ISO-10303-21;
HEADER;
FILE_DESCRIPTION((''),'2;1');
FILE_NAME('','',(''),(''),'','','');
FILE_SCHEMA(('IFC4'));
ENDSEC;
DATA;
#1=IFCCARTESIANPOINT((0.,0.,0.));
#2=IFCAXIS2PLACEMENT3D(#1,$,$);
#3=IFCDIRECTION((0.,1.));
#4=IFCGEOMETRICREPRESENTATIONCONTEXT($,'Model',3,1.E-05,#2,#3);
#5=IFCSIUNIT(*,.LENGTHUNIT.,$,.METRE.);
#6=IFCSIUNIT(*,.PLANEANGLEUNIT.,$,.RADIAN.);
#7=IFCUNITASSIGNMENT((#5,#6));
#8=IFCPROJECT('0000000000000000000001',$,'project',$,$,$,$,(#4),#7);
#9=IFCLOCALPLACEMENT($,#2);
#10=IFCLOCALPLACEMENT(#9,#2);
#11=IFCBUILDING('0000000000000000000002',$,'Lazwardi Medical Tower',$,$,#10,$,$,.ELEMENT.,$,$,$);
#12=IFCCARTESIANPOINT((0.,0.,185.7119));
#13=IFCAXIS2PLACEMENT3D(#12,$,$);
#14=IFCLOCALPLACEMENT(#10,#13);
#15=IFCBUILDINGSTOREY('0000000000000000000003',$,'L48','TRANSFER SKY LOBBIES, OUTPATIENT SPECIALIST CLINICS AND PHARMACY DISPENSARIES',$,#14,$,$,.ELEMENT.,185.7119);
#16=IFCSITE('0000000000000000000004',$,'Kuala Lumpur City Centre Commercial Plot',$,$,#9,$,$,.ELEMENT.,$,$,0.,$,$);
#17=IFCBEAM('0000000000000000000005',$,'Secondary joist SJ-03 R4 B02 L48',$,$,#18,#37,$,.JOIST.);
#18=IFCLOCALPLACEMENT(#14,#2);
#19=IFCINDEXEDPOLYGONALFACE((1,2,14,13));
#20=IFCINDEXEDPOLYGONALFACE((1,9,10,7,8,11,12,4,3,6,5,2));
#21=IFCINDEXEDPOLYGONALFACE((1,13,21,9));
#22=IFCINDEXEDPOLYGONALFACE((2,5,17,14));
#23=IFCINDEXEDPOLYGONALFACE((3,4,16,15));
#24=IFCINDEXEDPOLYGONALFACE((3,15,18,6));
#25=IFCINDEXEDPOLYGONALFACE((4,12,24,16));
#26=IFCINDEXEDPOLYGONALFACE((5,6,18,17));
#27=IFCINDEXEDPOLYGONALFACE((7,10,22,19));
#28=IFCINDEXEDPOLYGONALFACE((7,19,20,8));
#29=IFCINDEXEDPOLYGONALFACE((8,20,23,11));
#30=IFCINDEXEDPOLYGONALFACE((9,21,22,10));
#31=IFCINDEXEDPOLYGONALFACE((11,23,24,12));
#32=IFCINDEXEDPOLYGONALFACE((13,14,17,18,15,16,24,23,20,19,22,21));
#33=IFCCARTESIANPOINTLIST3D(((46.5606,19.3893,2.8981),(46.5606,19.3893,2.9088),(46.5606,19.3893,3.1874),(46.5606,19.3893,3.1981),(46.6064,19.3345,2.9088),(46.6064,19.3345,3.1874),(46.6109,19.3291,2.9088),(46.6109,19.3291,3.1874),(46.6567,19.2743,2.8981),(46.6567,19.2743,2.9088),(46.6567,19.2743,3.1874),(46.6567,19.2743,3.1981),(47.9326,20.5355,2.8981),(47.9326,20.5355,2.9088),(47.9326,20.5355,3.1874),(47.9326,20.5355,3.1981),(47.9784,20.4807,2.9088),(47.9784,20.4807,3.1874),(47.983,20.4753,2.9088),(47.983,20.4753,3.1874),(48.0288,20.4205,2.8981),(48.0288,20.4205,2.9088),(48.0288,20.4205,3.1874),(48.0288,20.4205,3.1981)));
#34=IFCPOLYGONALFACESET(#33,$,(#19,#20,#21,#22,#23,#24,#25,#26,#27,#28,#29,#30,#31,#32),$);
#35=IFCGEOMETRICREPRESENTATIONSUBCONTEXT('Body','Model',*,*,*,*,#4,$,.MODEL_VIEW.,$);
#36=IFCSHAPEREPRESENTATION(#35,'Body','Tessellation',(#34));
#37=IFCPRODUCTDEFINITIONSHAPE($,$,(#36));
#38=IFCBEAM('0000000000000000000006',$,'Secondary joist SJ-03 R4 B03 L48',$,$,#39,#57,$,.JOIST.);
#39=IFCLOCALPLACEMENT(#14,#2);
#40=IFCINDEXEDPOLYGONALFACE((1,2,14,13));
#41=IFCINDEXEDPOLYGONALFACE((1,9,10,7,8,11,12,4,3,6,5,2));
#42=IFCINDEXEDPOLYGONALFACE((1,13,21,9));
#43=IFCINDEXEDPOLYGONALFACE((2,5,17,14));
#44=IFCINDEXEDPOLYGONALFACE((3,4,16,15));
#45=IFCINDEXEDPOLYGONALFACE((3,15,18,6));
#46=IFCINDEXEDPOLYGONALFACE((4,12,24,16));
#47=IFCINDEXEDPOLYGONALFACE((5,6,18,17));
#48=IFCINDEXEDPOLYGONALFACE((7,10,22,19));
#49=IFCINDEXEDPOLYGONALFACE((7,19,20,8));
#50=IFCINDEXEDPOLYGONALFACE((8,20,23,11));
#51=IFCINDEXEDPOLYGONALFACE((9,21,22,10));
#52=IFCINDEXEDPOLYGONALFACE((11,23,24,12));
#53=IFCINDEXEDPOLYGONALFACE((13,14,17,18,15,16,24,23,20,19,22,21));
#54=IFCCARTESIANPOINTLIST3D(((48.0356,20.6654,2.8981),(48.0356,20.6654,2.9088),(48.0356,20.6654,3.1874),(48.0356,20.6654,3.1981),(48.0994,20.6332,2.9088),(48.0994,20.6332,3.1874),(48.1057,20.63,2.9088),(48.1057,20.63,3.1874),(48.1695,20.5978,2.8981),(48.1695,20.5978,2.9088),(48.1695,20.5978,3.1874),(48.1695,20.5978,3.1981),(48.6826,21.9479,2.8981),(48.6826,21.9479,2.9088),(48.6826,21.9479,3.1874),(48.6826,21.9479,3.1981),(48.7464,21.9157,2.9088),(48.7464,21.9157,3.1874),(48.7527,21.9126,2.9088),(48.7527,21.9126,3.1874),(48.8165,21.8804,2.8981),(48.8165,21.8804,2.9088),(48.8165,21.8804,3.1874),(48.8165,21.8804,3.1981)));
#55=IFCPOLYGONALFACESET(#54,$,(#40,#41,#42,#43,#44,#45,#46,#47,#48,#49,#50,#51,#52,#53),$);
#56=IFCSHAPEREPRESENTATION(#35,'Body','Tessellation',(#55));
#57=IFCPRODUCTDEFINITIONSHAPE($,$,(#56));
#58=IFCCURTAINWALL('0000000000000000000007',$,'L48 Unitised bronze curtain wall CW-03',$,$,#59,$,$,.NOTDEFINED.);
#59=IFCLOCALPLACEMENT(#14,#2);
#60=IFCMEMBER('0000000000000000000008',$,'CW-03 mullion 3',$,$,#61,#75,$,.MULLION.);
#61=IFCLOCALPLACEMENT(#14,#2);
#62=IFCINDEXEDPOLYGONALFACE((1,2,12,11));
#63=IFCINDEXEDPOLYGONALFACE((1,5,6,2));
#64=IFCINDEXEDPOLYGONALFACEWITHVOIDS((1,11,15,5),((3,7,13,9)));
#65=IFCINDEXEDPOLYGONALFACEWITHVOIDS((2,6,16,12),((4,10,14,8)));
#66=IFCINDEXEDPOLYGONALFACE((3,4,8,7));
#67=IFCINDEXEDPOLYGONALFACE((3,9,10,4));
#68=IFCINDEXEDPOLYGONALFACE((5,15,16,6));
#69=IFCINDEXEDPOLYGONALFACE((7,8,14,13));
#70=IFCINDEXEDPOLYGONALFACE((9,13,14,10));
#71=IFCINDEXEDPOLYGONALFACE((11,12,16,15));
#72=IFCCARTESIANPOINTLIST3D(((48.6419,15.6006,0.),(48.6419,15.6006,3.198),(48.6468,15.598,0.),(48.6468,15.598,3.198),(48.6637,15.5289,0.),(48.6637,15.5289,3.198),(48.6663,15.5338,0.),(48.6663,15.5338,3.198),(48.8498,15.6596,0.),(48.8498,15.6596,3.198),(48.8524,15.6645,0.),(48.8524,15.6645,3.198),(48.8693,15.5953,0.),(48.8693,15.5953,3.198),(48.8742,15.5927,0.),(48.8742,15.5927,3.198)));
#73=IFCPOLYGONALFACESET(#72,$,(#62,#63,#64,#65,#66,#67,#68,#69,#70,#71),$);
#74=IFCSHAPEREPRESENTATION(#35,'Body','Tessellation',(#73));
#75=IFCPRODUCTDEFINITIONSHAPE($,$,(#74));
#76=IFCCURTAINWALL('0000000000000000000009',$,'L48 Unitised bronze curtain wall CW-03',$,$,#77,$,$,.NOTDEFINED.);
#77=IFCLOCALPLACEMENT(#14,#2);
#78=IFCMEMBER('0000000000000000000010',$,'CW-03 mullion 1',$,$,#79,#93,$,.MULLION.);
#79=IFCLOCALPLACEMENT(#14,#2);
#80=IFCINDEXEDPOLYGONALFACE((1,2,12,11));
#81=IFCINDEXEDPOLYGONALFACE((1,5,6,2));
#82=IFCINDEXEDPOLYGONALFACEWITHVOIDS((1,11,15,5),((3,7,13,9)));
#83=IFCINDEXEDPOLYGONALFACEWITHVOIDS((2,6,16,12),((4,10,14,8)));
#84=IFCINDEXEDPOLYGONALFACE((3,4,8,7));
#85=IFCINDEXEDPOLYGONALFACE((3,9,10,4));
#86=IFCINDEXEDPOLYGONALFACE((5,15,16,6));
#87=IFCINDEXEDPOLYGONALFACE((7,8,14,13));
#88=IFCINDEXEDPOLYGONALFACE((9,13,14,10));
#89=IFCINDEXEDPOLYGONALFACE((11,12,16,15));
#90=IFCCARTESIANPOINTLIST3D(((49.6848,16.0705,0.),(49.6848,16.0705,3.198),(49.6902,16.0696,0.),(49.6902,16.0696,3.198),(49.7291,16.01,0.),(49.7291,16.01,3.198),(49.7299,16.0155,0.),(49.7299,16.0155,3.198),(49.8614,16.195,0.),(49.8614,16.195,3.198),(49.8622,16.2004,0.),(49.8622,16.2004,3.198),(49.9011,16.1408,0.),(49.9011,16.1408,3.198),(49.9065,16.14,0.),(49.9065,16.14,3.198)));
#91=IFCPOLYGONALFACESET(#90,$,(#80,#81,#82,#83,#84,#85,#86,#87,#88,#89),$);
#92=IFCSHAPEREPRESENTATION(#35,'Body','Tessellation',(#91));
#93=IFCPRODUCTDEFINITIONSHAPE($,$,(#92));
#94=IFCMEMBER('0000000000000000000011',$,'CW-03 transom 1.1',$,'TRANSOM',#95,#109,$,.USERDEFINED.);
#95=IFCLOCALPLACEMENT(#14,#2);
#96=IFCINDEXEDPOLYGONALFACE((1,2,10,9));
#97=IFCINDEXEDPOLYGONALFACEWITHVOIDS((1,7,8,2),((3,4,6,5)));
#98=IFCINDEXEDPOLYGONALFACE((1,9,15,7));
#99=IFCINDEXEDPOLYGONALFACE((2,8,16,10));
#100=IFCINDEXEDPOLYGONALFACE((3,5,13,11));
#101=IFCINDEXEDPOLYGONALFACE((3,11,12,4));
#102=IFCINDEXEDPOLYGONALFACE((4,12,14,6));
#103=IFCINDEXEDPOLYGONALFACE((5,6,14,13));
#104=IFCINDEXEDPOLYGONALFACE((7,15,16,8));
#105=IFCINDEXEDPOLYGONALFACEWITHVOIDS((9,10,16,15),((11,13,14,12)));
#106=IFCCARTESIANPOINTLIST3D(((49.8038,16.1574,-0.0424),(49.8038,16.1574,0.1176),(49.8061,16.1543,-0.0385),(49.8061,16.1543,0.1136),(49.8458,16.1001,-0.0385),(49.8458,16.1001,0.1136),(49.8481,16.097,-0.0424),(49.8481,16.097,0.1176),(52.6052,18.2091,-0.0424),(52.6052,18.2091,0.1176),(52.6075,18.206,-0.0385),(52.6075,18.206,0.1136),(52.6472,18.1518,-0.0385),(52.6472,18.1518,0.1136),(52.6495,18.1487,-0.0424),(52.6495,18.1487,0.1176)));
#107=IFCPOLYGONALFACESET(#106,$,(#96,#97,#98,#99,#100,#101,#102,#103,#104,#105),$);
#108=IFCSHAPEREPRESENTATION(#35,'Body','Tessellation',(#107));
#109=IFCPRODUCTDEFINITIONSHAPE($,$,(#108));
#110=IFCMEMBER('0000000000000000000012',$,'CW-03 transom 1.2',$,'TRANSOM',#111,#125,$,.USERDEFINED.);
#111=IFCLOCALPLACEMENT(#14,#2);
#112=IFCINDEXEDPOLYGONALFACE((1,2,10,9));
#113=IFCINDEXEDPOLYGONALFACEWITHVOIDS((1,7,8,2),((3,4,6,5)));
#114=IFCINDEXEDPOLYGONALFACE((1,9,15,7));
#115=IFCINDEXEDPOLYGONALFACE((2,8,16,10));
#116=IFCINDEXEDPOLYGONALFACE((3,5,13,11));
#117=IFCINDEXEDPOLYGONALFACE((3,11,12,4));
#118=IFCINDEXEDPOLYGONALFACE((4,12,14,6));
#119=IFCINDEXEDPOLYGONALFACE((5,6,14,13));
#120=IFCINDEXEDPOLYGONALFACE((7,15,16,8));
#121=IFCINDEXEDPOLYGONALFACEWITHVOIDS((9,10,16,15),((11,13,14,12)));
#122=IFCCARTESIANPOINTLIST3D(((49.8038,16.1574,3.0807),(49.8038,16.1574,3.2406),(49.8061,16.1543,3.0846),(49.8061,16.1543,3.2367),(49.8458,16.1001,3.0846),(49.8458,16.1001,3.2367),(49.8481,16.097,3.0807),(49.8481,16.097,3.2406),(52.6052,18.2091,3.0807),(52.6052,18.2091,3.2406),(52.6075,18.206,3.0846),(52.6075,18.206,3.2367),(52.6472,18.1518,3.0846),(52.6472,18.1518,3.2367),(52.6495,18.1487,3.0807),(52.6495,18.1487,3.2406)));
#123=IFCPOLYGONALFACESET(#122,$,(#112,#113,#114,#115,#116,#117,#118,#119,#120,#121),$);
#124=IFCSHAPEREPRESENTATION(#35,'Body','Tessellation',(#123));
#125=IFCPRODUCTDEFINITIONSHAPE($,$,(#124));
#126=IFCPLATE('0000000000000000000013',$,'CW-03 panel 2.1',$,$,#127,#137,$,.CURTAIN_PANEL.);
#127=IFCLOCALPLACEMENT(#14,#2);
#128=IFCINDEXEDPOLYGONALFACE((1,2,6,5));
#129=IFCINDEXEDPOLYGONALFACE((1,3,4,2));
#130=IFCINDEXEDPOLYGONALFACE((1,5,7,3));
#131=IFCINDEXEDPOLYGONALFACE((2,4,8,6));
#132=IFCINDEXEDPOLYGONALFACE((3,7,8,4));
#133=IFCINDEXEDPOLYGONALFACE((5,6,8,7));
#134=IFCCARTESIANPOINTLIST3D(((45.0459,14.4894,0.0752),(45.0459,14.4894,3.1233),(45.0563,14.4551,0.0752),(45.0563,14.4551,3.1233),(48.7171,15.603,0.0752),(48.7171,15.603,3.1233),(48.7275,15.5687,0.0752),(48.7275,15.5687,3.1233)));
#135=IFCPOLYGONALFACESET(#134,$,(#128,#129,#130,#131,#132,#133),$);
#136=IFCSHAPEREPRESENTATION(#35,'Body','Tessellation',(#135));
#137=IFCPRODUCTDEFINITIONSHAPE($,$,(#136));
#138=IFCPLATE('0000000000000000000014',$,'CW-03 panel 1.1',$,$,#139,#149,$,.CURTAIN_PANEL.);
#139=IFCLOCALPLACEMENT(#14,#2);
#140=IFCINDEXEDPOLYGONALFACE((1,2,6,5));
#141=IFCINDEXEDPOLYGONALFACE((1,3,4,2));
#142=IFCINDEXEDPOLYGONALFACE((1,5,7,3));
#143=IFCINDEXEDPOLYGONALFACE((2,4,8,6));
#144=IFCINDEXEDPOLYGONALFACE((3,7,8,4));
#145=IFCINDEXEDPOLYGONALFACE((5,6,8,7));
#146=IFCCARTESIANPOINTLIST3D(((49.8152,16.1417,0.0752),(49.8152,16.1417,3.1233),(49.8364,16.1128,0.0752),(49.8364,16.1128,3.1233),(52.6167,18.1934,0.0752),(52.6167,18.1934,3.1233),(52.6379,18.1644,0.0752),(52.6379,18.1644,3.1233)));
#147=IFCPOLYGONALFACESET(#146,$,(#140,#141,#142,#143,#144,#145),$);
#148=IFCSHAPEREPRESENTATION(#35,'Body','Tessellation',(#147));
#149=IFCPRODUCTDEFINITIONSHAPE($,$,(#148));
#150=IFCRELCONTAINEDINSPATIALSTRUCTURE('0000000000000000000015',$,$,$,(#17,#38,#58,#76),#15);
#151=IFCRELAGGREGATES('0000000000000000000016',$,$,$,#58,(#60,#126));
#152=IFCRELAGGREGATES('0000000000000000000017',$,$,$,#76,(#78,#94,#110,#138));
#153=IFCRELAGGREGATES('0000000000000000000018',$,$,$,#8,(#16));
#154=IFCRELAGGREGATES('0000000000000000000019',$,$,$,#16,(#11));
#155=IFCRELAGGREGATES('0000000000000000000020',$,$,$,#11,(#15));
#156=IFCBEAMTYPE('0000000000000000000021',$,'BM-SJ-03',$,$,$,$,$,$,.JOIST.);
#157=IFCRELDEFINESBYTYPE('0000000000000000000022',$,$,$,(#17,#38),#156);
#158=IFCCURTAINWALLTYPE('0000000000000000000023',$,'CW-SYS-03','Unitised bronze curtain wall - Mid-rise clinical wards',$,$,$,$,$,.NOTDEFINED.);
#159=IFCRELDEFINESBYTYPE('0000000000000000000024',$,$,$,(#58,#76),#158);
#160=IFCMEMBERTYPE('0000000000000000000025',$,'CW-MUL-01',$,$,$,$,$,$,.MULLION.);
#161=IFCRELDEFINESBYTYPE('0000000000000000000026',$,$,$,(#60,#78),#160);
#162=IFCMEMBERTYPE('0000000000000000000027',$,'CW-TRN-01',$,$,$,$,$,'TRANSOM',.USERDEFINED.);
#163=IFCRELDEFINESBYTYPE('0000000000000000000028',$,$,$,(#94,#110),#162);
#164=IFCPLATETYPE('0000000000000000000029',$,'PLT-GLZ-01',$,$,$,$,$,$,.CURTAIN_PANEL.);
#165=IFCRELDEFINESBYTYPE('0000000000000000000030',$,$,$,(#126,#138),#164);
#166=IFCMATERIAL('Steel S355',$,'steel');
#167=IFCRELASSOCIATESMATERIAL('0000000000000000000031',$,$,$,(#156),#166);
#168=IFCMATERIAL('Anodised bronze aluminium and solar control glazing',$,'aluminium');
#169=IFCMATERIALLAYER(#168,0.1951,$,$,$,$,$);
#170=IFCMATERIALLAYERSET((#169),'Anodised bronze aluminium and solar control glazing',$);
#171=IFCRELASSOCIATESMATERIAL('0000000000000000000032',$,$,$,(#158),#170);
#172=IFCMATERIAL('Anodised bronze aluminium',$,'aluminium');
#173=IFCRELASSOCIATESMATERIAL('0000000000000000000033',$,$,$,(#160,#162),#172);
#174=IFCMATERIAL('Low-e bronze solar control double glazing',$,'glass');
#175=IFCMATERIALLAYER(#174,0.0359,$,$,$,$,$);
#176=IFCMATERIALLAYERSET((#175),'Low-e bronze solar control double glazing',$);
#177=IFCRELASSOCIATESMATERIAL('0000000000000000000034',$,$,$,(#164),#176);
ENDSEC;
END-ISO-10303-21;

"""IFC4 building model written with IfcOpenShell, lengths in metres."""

from ifc_helpers import new_model, si_unit, direction, frame, origin, origin_2d, place, context, subcontext, project, spatial, rectangle, hollow_rectangle, i_section, extrude, material, layer, layer_set, material_profile, profile_set, type_object, element, aggregate, save


model = new_model("IFC4")

# Units and contexts
model_context = context("Model", 3, precision=1e-05, world=origin(), true_north=direction((0.0, 1.0)))
body_context = subcontext(model_context, "Body", "Model", "MODEL_VIEW")
ifc_project = project(units=[si_unit("LENGTHUNIT", "METRE"), si_unit("PLANEANGLEUNIT", "RADIAN")], contexts=[model_context])

# Site, building, storey
site_placement = place(None, origin())
site = spatial("IfcSite", under=ifc_project, at=site_placement, Name="Kuala Lumpur City Centre Commercial Plot", CompositionType="ELEMENT", RefElevation=0.0)
building_placement = place(site_placement, origin())
building = spatial("IfcBuilding", under=site, at=building_placement, Name="Lazwardi Medical Tower", CompositionType="ELEMENT")
storey_placement = place(building_placement, frame((0.0, 0.0, 185.7119)))
storey = spatial("IfcBuildingStorey", under=building, at=storey_placement, Name="L48", Description="TRANSFER SKY LOBBIES, OUTPATIENT SPECIALIST CLINICS AND PHARMACY DISPENSARIES", CompositionType="ELEMENT", Elevation=185.7119)

# Beams
ifc_material_1 = material(Name="Steel S355", Category="steel")
ifc_material_profile_1 = material_profile(ifc_material_1, i_section(OverallWidth=0.1499, OverallDepth=0.3, WebThickness=0.0071, FlangeThickness=0.0107, at=origin_2d()), Name="IPE 300")
ifc_profile_set_1 = profile_set([ifc_material_profile_1], Name="Steel S355")
beam_type_1 = type_object("IfcBeamType", Name="BM-SJ-03", PredefinedType="JOIST", material=ifc_profile_set_1)
beam_1_placement = place(storey_placement, frame((46.6086, 19.3318, 3.0481), z_axis=(0.767437, 0.641124, 0.0), x_axis=(-0.641124, 0.767437, 0.0)))
element("IfcBeam", 1, at=beam_1_placement, inside=storey, type_object=beam_type_1, Name="Secondary joist SJ-03 R4 B02 L48", PredefinedType="JOIST", context=body_context, shape_type="SweptSolid", body=[
    extrude(i_section(OverallWidth=0.1499, OverallDepth=0.3, WebThickness=0.0071, FlangeThickness=0.0107, at=origin_2d()), origin(), (0.0, 0.0, 1.0), 1.7878),
])
beam_2_placement = place(storey_placement, frame((48.1025, 20.6316, 3.0481), z_axis=(0.450406, 0.892824, 0.0), x_axis=(-0.892824, 0.450406, 0.0)))
element("IfcBeam", 2, at=beam_2_placement, inside=storey, type_object=beam_type_1, Name="Secondary joist SJ-03 R4 B03 L48", PredefinedType="JOIST", context=body_context, shape_type="SweptSolid", body=[
    extrude(i_section(OverallWidth=0.1499, OverallDepth=0.3, WebThickness=0.0071, FlangeThickness=0.0107, at=origin_2d()), origin(), (0.0, 0.0, 1.0), 1.4365),
])

# Curtain wall, member
ifc_material_2 = material(Name="Anodised bronze aluminium and solar control glazing", Category="aluminium")
ifc_layer_1 = layer(ifc_material_2, 0.1951)
ifc_layer_set_1 = layer_set([ifc_layer_1], Name="Anodised bronze aluminium and solar control glazing")
curtain_wall_type = type_object("IfcCurtainWallType", Name="CW-SYS-03", Description="Unitised bronze curtain wall - Mid-rise clinical wards", PredefinedType="NOTDEFINED", material=ifc_layer_set_1)
curtain_wall_1_placement = place(storey_placement, origin())
curtain_wall_1 = element("IfcCurtainWall", 3, at=curtain_wall_1_placement, inside=storey, type_object=curtain_wall_type, Name="L48 Unitised bronze curtain wall CW-03", PredefinedType="NOTDEFINED")
ifc_material_3 = material(Name="Anodised bronze aluminium", Category="aluminium")
ifc_material_profile_2 = material_profile(ifc_material_3, hollow_rectangle(XDim=0.075, YDim=0.22, WallThickness=0.0039, at=origin_2d()), Name="ALU-MULLION 220x75x4")
ifc_profile_set_2 = profile_set([ifc_material_profile_2], Name="Anodised bronze aluminium")
member_type_1 = type_object("IfcMemberType", Name="CW-MUL-01", PredefinedType="MULLION", material=ifc_profile_set_2)
member_1_placement = place(storey_placement, frame((48.7581, 15.5967, 0.0), z_axis=(0.0, 0.0, 1.0), x_axis=(-0.290281, 0.956942, 0.0)))
member_1 = element("IfcMember", 4, at=member_1_placement, type_object=member_type_1, Name="CW-03 mullion 3", PredefinedType="MULLION", context=body_context, shape_type="SweptSolid", body=[
    extrude(hollow_rectangle(XDim=0.075, YDim=0.22, WallThickness=0.0039, at=origin_2d()), origin(), (0.0, 0.0, 1.0), 3.198),
])

# Curtain wall, members
curtain_wall_2_placement = place(storey_placement, origin())
curtain_wall_2 = element("IfcCurtainWall", 5, at=curtain_wall_2_placement, inside=storey, type_object=curtain_wall_type, Name="L48 Unitised bronze curtain wall CW-03", PredefinedType="NOTDEFINED")
member_2_placement = place(storey_placement, frame((49.7957, 16.1052, 0.0), z_axis=(0.0, 0.0, 1.0), x_axis=(-0.590834, 0.806793, 0.0)))
member_2 = element("IfcMember", 6, at=member_2_placement, type_object=member_type_1, Name="CW-03 mullion 1", PredefinedType="MULLION", context=body_context, shape_type="SweptSolid", body=[
    extrude(hollow_rectangle(XDim=0.075, YDim=0.22, WallThickness=0.0039, at=origin_2d()), origin(), (0.0, 0.0, 1.0), 3.198),
])
ifc_material_profile_3 = material_profile(ifc_material_3, hollow_rectangle(XDim=0.075, YDim=0.1599, WallThickness=0.0039, at=origin_2d()), Name="ALU-TRANSOM 160x75x4")
ifc_profile_set_3 = profile_set([ifc_material_profile_3], Name="Anodised bronze aluminium")
member_type_2 = type_object("IfcMemberType", Name="CW-TRN-01", ElementType="TRANSOM", PredefinedType="USERDEFINED", material=ifc_profile_set_3)
member_3_placement = place(storey_placement, frame((49.8259, 16.1272, 0.0376), z_axis=(0.806774, 0.590861, 0.0), x_axis=(-0.590861, 0.806774, 0.0)))
member_3 = element("IfcMember", 7, at=member_3_placement, type_object=member_type_2, Name="CW-03 transom 1.1", ObjectType="TRANSOM", PredefinedType="USERDEFINED", context=body_context, shape_type="SweptSolid", body=[
    extrude(hollow_rectangle(XDim=0.075, YDim=0.1599, WallThickness=0.0039, at=origin_2d()), origin(), (0.0, 0.0, 1.0), 3.4724),
])
member_4_placement = place(storey_placement, frame((49.8259, 16.1272, 3.1606), z_axis=(0.806774, 0.590861, 0.0), x_axis=(-0.590861, 0.806774, 0.0)))
member_4 = element("IfcMember", 8, at=member_4_placement, type_object=member_type_2, Name="CW-03 transom 1.2", ObjectType="TRANSOM", PredefinedType="USERDEFINED", context=body_context, shape_type="SweptSolid", body=[
    extrude(hollow_rectangle(XDim=0.075, YDim=0.1599, WallThickness=0.0039, at=origin_2d()), origin(), (0.0, 0.0, 1.0), 3.4724),
])

# Plates
ifc_material_4 = material(Name="Low-e bronze solar control double glazing", Category="glass")
ifc_layer_2 = layer(ifc_material_4, 0.0359)
ifc_layer_set_2 = layer_set([ifc_layer_2], Name="Low-e bronze solar control double glazing")
plate_type = type_object("IfcPlateType", Name="PLT-GLZ-01", PredefinedType="CURTAIN_PANEL", material=ifc_layer_set_2)
plate_1_placement = place(storey_placement, frame((46.8867, 15.0291, 0.0752), z_axis=(0.0, 0.0, 1.0), x_axis=(0.956942, 0.290281, 0.0)))
plate_1 = element("IfcPlate", 9, at=plate_1_placement, type_object=plate_type, Name="CW-03 panel 2.1", PredefinedType="CURTAIN_PANEL", context=body_context, shape_type="SweptSolid", body=[
    extrude(rectangle(XDim=3.8364, YDim=0.0359, at=origin_2d()), origin(), (0.0, 0.0, 1.0), 3.0481),
])
aggregate(curtain_wall_1, [member_1, plate_1])
plate_2_placement = place(storey_placement, frame((51.2266, 17.1531, 0.0752), z_axis=(0.0, 0.0, 1.0), x_axis=(0.806793, 0.590834, 0.0)))
plate_2 = element("IfcPlate", 10, at=plate_2_placement, type_object=plate_type, Name="CW-03 panel 1.1", PredefinedType="CURTAIN_PANEL", context=body_context, shape_type="SweptSolid", body=[
    extrude(rectangle(XDim=3.4724, YDim=0.0359, at=origin_2d()), origin(), (0.0, 0.0, 1.0), 3.0481),
])
aggregate(curtain_wall_2, [member_2, member_3, member_4, plate_2])

save(model, "model.ifc")
